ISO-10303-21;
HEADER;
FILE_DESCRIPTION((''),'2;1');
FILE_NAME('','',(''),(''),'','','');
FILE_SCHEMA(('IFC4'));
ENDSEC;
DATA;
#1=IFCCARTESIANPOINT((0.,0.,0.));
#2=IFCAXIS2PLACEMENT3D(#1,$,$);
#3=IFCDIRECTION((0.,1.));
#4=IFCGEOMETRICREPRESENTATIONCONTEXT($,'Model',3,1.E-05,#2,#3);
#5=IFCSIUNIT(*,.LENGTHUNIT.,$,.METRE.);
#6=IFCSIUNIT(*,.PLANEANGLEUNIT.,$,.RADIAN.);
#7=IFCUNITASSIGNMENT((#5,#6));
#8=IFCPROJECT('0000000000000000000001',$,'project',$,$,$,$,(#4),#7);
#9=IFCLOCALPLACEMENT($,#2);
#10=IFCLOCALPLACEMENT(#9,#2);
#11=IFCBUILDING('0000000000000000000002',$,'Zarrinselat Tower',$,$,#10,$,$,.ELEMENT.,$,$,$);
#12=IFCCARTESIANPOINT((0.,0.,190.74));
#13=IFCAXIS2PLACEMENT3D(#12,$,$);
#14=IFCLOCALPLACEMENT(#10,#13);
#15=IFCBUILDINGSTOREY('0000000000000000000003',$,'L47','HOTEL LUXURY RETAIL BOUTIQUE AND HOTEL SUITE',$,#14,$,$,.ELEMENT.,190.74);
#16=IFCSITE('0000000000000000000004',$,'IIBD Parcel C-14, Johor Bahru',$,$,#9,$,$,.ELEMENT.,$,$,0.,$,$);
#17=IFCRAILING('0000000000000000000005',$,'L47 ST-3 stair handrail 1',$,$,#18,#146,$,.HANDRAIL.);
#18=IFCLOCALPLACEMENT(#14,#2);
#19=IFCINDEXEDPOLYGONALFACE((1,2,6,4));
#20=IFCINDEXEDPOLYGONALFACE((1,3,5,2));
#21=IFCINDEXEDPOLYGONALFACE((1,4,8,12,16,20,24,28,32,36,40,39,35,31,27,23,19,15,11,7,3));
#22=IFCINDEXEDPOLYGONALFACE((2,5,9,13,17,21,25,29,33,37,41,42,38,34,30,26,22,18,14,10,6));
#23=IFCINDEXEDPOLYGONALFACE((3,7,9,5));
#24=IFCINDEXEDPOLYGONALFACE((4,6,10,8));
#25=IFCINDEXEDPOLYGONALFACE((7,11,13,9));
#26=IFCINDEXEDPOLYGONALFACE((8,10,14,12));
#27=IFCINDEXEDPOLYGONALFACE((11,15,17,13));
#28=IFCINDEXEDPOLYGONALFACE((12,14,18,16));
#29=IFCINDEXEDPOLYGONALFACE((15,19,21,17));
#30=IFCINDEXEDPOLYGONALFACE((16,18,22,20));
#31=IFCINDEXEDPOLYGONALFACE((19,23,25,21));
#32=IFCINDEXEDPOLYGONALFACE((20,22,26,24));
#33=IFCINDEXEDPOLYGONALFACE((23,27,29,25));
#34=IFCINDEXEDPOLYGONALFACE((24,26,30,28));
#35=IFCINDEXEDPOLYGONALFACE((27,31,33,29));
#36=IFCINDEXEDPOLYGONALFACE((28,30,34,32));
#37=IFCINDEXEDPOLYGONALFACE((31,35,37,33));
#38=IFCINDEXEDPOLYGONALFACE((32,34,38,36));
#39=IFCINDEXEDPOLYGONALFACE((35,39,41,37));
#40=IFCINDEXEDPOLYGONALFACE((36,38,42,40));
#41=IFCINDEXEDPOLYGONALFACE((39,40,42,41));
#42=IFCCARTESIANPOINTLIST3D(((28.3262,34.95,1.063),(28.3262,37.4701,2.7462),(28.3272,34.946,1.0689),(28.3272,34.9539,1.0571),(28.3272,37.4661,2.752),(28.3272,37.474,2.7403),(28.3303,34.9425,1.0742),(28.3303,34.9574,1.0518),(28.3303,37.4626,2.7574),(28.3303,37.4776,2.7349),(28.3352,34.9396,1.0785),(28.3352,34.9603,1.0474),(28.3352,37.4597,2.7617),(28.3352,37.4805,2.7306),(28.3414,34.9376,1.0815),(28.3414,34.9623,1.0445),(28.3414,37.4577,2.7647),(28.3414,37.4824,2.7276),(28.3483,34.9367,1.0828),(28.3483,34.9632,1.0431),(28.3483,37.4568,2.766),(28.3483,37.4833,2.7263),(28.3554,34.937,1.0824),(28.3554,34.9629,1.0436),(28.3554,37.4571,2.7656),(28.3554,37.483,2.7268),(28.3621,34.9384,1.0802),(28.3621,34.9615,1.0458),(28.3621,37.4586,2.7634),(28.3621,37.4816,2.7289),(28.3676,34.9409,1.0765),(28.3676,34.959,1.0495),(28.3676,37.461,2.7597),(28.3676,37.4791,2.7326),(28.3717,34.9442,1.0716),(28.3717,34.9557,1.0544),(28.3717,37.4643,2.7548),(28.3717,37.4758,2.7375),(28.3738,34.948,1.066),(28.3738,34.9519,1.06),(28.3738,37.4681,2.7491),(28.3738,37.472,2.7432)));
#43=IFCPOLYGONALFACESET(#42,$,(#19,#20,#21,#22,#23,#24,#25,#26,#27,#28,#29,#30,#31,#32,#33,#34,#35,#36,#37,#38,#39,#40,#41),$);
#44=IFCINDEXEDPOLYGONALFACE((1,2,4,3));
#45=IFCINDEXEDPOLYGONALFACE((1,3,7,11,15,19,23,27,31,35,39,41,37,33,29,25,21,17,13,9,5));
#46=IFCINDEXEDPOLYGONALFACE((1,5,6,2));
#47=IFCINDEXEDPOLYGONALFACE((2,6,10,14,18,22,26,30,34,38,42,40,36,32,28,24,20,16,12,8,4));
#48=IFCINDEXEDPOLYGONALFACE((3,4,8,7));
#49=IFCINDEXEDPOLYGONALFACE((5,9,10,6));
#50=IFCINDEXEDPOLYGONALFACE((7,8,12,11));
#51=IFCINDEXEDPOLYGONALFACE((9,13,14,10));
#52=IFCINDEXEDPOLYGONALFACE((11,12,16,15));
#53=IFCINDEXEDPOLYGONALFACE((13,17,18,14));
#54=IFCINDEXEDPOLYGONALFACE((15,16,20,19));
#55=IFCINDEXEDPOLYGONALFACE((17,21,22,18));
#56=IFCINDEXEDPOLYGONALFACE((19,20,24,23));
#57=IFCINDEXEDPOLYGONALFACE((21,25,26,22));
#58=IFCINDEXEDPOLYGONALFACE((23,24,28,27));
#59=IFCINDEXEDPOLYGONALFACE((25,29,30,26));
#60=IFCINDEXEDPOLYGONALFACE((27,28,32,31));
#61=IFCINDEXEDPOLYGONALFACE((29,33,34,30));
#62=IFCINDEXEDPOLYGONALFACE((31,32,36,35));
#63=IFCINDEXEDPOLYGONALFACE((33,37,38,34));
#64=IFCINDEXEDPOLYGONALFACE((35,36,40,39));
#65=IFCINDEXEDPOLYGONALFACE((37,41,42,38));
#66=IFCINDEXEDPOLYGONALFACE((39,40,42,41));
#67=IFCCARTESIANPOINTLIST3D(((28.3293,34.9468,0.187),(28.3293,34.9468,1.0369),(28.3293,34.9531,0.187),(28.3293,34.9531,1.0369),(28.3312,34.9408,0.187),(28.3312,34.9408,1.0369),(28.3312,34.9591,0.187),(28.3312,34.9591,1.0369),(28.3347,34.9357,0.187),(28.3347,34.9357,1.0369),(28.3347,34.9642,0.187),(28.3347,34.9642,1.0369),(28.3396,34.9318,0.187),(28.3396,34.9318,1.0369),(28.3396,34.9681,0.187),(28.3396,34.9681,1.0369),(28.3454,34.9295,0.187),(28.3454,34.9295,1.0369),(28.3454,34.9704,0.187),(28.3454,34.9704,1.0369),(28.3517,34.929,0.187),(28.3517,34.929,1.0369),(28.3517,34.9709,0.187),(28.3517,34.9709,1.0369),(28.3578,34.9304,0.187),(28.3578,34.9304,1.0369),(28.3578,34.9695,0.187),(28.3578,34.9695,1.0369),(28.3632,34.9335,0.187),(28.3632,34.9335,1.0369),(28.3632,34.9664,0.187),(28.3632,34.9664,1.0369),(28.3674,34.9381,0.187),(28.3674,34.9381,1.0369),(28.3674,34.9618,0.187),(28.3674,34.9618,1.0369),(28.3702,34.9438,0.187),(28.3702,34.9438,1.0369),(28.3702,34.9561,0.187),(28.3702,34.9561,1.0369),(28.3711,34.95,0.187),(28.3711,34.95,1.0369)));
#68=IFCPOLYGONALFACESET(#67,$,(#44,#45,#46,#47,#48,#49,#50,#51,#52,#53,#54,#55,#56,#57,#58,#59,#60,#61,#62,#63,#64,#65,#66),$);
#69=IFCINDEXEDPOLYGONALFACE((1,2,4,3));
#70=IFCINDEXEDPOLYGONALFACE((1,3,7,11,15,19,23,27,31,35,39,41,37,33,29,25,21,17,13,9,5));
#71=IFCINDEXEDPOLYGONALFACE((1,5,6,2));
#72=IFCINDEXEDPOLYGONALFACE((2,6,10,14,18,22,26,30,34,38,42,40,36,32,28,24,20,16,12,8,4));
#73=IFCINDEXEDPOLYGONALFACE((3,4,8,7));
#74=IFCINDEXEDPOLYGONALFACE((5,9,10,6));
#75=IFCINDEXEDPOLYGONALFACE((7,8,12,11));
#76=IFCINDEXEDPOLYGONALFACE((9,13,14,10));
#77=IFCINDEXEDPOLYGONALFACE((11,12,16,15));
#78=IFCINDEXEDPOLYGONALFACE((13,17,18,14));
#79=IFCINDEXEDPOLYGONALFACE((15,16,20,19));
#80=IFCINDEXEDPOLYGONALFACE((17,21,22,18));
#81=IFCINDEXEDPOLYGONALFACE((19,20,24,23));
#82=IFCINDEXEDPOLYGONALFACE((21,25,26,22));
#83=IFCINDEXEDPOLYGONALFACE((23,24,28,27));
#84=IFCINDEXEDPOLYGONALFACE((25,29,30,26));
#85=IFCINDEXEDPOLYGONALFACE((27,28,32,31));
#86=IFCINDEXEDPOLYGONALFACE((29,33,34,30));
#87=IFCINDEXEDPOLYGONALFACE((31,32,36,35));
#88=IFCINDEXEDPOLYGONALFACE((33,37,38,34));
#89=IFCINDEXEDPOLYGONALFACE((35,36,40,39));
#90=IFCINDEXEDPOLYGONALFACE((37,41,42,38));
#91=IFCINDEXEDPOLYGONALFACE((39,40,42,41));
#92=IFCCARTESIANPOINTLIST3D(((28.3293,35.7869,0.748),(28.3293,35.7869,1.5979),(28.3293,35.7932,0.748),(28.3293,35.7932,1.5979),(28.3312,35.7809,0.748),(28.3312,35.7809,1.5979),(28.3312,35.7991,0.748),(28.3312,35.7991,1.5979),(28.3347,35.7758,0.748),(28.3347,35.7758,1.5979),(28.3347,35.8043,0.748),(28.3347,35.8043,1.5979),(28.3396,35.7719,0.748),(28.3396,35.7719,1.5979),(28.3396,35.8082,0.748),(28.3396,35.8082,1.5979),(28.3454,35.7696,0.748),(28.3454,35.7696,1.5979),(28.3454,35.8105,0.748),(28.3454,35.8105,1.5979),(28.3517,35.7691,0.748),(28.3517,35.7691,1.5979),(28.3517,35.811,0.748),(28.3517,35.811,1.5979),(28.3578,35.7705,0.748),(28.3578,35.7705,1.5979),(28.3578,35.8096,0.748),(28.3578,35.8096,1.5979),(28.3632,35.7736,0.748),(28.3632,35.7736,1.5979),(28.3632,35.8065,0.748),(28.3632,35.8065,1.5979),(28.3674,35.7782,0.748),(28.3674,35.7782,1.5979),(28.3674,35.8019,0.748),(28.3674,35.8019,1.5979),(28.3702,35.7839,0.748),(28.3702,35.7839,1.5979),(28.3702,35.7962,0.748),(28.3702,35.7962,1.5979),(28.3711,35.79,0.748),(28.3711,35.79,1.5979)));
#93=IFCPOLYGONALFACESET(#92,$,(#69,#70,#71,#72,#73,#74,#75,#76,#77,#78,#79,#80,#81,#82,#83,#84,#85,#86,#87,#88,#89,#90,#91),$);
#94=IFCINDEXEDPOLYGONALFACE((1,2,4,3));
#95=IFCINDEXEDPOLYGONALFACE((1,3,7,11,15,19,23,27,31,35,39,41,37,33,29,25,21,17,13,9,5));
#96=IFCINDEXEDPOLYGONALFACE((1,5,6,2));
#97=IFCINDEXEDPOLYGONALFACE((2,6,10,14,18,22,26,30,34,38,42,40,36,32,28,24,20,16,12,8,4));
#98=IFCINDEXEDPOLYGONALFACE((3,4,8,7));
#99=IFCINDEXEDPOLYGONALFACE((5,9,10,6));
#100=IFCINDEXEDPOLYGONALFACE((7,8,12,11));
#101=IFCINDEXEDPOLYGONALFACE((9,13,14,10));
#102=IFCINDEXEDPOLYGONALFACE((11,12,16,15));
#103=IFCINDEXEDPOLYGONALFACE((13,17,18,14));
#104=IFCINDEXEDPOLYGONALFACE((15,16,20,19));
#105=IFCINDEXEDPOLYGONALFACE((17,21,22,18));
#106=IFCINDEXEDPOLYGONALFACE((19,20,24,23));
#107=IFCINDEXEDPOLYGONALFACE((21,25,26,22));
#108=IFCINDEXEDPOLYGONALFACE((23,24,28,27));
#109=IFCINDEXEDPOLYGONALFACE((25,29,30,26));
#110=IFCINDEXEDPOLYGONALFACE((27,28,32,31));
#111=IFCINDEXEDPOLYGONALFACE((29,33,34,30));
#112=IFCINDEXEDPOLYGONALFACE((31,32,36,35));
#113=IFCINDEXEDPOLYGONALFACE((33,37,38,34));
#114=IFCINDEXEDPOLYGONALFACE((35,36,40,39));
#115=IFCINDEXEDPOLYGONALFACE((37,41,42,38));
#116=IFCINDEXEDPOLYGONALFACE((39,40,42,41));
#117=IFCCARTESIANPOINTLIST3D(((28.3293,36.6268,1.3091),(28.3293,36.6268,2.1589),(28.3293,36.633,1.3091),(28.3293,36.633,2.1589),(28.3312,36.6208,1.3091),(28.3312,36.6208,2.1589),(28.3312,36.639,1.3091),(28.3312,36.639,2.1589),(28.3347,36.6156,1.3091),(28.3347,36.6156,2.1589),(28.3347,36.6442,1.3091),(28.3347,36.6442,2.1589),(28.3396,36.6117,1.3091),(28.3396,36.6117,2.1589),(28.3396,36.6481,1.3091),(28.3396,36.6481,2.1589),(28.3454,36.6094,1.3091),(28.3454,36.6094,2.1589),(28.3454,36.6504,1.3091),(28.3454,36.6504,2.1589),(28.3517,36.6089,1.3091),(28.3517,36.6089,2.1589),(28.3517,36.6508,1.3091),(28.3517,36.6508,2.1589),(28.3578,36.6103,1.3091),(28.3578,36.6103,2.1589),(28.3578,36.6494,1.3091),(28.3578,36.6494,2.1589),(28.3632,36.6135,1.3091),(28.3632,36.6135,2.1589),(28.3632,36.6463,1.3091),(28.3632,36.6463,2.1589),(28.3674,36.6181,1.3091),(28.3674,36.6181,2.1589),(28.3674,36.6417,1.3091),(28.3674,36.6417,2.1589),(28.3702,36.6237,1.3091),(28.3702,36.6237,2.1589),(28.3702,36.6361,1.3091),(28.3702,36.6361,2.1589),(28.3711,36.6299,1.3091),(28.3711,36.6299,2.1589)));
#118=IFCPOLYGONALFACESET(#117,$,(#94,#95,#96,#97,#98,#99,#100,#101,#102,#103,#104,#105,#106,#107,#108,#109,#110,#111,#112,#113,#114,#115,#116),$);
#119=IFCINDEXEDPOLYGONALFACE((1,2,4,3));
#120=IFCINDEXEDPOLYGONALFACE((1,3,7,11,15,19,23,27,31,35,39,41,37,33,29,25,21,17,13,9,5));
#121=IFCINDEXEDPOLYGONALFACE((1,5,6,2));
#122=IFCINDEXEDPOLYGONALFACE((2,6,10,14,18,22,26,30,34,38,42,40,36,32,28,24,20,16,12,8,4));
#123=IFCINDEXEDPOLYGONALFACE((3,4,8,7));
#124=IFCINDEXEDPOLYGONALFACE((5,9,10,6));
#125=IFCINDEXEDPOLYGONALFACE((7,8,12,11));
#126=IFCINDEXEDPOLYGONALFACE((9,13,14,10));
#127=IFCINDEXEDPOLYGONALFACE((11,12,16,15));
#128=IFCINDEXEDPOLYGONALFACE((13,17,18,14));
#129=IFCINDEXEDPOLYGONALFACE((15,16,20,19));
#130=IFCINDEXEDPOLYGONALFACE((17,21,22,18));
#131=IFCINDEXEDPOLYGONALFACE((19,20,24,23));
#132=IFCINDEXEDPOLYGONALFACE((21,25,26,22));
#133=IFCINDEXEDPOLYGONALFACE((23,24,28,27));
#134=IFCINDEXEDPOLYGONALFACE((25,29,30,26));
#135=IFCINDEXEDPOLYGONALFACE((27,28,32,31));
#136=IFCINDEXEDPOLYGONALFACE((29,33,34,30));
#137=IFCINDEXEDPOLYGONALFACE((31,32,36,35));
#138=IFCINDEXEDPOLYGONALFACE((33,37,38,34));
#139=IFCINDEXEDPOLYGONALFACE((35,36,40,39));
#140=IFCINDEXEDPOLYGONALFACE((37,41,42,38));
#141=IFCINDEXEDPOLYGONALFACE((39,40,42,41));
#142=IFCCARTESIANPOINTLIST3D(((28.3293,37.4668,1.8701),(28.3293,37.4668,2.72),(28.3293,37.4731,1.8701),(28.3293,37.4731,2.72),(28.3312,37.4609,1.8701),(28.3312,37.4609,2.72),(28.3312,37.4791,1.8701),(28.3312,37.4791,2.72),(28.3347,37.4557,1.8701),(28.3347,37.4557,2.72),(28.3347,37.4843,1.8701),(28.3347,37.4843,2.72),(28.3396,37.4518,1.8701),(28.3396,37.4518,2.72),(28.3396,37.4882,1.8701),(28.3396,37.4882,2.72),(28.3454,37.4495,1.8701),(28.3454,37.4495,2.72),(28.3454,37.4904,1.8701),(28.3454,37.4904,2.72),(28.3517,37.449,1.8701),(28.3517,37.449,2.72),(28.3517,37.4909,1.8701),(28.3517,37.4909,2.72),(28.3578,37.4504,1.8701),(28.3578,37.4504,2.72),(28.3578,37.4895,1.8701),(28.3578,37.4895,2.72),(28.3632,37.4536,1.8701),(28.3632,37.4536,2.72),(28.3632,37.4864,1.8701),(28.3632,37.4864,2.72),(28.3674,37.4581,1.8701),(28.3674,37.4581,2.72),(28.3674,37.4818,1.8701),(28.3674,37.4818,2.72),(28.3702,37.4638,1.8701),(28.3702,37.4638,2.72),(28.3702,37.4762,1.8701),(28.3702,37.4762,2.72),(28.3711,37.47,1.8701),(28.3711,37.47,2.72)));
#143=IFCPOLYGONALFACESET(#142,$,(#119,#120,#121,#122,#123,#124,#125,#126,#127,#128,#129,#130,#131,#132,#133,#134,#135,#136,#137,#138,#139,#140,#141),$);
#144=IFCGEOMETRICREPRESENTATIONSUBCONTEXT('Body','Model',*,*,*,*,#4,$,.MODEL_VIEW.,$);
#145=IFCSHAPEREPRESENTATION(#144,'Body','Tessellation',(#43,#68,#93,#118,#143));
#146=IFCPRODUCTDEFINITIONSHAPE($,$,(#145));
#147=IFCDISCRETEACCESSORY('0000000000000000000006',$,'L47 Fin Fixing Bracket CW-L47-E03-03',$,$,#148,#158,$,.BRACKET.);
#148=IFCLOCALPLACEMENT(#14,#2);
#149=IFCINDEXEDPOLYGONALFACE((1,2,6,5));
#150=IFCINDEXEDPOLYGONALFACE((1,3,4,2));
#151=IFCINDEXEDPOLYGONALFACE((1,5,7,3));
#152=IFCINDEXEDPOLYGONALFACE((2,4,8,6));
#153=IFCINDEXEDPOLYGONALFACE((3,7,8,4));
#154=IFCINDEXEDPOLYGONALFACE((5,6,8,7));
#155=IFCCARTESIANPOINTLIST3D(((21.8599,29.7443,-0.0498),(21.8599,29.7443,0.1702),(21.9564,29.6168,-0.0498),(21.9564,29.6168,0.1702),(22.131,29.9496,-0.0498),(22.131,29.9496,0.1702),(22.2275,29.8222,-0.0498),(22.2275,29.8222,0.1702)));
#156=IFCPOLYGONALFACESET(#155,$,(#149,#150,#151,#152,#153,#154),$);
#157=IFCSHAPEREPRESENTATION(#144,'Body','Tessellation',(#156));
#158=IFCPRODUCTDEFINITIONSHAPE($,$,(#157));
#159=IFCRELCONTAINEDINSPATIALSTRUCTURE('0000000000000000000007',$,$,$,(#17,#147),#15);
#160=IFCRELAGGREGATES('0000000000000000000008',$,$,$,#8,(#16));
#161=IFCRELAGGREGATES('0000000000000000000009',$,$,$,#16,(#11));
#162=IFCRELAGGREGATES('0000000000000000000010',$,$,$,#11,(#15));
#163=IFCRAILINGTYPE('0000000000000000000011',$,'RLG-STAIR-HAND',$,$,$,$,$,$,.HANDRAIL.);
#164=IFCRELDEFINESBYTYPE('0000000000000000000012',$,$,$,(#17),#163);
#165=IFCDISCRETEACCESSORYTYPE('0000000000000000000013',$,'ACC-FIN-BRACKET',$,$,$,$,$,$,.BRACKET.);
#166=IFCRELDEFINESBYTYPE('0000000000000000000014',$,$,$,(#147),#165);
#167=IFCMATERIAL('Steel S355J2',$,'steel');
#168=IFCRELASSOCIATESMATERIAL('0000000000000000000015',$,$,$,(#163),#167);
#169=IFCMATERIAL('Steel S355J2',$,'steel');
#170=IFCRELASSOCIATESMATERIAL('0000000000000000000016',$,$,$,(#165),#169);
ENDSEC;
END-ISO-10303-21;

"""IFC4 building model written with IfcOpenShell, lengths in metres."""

from ifc_helpers import new_model, si_unit, direction, frame, origin, origin_2d, place, context, subcontext, project, spatial, rectangle, circle, extrude, material, type_object, element, save


model = new_model("IFC4")

# Units and contexts
model_context = context("Model", 3, precision=1e-05, world=origin(), true_north=direction((0.0, 1.0)))
body_context = subcontext(model_context, "Body", "Model", "MODEL_VIEW")
ifc_project = project(units=[si_unit("LENGTHUNIT", "METRE"), si_unit("PLANEANGLEUNIT", "RADIAN")], contexts=[model_context])

# Site, building, storey
site_placement = place(None, origin())
site = spatial("IfcSite", under=ifc_project, at=site_placement, Name="IIBD Parcel C-14, Johor Bahru", CompositionType="ELEMENT", RefElevation=0.0)
building_placement = place(site_placement, origin())
building = spatial("IfcBuilding", under=site, at=building_placement, Name="Zarrinselat Tower", CompositionType="ELEMENT")
storey_placement = place(building_placement, frame((0.0, 0.0, 190.74)))
storey = spatial("IfcBuildingStorey", under=building, at=storey_placement, Name="L47", Description="HOTEL LUXURY RETAIL BOUTIQUE AND HOTEL SUITE", CompositionType="ELEMENT", Elevation=190.74)

# Railing
ifc_material_1 = material(Name="Steel S355J2", Category="steel")
railing_type_1 = type_object("IfcRailingType", Name="RLG-STAIR-HAND", PredefinedType="HANDRAIL", material=ifc_material_1)
railing_1_placement = place(storey_placement, frame((28.3501, 34.95, 0.187)))
element("IfcRailing", 1, at=railing_1_placement, inside=storey, type_object=railing_type_1, Name="L47 ST-3 stair handrail 1", PredefinedType="HANDRAIL", context=body_context, shape_type="SweptSolid", body=[
    extrude(circle(Radius=0.0239, at=origin_2d()), frame((0.0, 0.0, 0.876), z_axis=(0.0, 0.831579, 0.555406), x_axis=(-1.0, 0.0, 0.0)), (0.0, 0.0, 1.0), 3.0305),
    extrude(circle(Radius=0.021, at=origin_2d()), origin(), (0.0, 0.0, 1.0), 0.8499),
    extrude(circle(Radius=0.021, at=origin_2d()), frame((0.0, 0.8401, 0.561)), (0.0, 0.0, 1.0), 0.8499),
    extrude(circle(Radius=0.021, at=origin_2d()), frame((0.0, 1.6799, 1.1221)), (0.0, 0.0, 1.0), 0.8499),
    extrude(circle(Radius=0.021, at=origin_2d()), frame((0.0, 2.52, 1.6831)), (0.0, 0.0, 1.0), 0.8499),
])

# Discrete accessory
ifc_material_2 = material(Name="Steel S355J2", Category="steel")
discrete_accessory_type = type_object("IfcDiscreteAccessoryType", Name="ACC-FIN-BRACKET", PredefinedType="BRACKET", material=ifc_material_2)
discrete_accessory_placement = place(storey_placement, frame((22.0437, 29.7832, -0.0498), z_axis=(0.0, 0.0, 1.0), x_axis=(-0.797093, -0.603857, 0.0)))
element("IfcDiscreteAccessory", 2, at=discrete_accessory_placement, inside=storey, type_object=discrete_accessory_type, Name="L47 Fin Fixing Bracket CW-L47-E03-03", PredefinedType="BRACKET", context=body_context, shape_type="SweptSolid", body=[
    extrude(rectangle(XDim=0.3401, YDim=0.1599, at=origin_2d()), origin(), (0.0, 0.0, 1.0), 0.22),
])

save(model, "model.ifc")
